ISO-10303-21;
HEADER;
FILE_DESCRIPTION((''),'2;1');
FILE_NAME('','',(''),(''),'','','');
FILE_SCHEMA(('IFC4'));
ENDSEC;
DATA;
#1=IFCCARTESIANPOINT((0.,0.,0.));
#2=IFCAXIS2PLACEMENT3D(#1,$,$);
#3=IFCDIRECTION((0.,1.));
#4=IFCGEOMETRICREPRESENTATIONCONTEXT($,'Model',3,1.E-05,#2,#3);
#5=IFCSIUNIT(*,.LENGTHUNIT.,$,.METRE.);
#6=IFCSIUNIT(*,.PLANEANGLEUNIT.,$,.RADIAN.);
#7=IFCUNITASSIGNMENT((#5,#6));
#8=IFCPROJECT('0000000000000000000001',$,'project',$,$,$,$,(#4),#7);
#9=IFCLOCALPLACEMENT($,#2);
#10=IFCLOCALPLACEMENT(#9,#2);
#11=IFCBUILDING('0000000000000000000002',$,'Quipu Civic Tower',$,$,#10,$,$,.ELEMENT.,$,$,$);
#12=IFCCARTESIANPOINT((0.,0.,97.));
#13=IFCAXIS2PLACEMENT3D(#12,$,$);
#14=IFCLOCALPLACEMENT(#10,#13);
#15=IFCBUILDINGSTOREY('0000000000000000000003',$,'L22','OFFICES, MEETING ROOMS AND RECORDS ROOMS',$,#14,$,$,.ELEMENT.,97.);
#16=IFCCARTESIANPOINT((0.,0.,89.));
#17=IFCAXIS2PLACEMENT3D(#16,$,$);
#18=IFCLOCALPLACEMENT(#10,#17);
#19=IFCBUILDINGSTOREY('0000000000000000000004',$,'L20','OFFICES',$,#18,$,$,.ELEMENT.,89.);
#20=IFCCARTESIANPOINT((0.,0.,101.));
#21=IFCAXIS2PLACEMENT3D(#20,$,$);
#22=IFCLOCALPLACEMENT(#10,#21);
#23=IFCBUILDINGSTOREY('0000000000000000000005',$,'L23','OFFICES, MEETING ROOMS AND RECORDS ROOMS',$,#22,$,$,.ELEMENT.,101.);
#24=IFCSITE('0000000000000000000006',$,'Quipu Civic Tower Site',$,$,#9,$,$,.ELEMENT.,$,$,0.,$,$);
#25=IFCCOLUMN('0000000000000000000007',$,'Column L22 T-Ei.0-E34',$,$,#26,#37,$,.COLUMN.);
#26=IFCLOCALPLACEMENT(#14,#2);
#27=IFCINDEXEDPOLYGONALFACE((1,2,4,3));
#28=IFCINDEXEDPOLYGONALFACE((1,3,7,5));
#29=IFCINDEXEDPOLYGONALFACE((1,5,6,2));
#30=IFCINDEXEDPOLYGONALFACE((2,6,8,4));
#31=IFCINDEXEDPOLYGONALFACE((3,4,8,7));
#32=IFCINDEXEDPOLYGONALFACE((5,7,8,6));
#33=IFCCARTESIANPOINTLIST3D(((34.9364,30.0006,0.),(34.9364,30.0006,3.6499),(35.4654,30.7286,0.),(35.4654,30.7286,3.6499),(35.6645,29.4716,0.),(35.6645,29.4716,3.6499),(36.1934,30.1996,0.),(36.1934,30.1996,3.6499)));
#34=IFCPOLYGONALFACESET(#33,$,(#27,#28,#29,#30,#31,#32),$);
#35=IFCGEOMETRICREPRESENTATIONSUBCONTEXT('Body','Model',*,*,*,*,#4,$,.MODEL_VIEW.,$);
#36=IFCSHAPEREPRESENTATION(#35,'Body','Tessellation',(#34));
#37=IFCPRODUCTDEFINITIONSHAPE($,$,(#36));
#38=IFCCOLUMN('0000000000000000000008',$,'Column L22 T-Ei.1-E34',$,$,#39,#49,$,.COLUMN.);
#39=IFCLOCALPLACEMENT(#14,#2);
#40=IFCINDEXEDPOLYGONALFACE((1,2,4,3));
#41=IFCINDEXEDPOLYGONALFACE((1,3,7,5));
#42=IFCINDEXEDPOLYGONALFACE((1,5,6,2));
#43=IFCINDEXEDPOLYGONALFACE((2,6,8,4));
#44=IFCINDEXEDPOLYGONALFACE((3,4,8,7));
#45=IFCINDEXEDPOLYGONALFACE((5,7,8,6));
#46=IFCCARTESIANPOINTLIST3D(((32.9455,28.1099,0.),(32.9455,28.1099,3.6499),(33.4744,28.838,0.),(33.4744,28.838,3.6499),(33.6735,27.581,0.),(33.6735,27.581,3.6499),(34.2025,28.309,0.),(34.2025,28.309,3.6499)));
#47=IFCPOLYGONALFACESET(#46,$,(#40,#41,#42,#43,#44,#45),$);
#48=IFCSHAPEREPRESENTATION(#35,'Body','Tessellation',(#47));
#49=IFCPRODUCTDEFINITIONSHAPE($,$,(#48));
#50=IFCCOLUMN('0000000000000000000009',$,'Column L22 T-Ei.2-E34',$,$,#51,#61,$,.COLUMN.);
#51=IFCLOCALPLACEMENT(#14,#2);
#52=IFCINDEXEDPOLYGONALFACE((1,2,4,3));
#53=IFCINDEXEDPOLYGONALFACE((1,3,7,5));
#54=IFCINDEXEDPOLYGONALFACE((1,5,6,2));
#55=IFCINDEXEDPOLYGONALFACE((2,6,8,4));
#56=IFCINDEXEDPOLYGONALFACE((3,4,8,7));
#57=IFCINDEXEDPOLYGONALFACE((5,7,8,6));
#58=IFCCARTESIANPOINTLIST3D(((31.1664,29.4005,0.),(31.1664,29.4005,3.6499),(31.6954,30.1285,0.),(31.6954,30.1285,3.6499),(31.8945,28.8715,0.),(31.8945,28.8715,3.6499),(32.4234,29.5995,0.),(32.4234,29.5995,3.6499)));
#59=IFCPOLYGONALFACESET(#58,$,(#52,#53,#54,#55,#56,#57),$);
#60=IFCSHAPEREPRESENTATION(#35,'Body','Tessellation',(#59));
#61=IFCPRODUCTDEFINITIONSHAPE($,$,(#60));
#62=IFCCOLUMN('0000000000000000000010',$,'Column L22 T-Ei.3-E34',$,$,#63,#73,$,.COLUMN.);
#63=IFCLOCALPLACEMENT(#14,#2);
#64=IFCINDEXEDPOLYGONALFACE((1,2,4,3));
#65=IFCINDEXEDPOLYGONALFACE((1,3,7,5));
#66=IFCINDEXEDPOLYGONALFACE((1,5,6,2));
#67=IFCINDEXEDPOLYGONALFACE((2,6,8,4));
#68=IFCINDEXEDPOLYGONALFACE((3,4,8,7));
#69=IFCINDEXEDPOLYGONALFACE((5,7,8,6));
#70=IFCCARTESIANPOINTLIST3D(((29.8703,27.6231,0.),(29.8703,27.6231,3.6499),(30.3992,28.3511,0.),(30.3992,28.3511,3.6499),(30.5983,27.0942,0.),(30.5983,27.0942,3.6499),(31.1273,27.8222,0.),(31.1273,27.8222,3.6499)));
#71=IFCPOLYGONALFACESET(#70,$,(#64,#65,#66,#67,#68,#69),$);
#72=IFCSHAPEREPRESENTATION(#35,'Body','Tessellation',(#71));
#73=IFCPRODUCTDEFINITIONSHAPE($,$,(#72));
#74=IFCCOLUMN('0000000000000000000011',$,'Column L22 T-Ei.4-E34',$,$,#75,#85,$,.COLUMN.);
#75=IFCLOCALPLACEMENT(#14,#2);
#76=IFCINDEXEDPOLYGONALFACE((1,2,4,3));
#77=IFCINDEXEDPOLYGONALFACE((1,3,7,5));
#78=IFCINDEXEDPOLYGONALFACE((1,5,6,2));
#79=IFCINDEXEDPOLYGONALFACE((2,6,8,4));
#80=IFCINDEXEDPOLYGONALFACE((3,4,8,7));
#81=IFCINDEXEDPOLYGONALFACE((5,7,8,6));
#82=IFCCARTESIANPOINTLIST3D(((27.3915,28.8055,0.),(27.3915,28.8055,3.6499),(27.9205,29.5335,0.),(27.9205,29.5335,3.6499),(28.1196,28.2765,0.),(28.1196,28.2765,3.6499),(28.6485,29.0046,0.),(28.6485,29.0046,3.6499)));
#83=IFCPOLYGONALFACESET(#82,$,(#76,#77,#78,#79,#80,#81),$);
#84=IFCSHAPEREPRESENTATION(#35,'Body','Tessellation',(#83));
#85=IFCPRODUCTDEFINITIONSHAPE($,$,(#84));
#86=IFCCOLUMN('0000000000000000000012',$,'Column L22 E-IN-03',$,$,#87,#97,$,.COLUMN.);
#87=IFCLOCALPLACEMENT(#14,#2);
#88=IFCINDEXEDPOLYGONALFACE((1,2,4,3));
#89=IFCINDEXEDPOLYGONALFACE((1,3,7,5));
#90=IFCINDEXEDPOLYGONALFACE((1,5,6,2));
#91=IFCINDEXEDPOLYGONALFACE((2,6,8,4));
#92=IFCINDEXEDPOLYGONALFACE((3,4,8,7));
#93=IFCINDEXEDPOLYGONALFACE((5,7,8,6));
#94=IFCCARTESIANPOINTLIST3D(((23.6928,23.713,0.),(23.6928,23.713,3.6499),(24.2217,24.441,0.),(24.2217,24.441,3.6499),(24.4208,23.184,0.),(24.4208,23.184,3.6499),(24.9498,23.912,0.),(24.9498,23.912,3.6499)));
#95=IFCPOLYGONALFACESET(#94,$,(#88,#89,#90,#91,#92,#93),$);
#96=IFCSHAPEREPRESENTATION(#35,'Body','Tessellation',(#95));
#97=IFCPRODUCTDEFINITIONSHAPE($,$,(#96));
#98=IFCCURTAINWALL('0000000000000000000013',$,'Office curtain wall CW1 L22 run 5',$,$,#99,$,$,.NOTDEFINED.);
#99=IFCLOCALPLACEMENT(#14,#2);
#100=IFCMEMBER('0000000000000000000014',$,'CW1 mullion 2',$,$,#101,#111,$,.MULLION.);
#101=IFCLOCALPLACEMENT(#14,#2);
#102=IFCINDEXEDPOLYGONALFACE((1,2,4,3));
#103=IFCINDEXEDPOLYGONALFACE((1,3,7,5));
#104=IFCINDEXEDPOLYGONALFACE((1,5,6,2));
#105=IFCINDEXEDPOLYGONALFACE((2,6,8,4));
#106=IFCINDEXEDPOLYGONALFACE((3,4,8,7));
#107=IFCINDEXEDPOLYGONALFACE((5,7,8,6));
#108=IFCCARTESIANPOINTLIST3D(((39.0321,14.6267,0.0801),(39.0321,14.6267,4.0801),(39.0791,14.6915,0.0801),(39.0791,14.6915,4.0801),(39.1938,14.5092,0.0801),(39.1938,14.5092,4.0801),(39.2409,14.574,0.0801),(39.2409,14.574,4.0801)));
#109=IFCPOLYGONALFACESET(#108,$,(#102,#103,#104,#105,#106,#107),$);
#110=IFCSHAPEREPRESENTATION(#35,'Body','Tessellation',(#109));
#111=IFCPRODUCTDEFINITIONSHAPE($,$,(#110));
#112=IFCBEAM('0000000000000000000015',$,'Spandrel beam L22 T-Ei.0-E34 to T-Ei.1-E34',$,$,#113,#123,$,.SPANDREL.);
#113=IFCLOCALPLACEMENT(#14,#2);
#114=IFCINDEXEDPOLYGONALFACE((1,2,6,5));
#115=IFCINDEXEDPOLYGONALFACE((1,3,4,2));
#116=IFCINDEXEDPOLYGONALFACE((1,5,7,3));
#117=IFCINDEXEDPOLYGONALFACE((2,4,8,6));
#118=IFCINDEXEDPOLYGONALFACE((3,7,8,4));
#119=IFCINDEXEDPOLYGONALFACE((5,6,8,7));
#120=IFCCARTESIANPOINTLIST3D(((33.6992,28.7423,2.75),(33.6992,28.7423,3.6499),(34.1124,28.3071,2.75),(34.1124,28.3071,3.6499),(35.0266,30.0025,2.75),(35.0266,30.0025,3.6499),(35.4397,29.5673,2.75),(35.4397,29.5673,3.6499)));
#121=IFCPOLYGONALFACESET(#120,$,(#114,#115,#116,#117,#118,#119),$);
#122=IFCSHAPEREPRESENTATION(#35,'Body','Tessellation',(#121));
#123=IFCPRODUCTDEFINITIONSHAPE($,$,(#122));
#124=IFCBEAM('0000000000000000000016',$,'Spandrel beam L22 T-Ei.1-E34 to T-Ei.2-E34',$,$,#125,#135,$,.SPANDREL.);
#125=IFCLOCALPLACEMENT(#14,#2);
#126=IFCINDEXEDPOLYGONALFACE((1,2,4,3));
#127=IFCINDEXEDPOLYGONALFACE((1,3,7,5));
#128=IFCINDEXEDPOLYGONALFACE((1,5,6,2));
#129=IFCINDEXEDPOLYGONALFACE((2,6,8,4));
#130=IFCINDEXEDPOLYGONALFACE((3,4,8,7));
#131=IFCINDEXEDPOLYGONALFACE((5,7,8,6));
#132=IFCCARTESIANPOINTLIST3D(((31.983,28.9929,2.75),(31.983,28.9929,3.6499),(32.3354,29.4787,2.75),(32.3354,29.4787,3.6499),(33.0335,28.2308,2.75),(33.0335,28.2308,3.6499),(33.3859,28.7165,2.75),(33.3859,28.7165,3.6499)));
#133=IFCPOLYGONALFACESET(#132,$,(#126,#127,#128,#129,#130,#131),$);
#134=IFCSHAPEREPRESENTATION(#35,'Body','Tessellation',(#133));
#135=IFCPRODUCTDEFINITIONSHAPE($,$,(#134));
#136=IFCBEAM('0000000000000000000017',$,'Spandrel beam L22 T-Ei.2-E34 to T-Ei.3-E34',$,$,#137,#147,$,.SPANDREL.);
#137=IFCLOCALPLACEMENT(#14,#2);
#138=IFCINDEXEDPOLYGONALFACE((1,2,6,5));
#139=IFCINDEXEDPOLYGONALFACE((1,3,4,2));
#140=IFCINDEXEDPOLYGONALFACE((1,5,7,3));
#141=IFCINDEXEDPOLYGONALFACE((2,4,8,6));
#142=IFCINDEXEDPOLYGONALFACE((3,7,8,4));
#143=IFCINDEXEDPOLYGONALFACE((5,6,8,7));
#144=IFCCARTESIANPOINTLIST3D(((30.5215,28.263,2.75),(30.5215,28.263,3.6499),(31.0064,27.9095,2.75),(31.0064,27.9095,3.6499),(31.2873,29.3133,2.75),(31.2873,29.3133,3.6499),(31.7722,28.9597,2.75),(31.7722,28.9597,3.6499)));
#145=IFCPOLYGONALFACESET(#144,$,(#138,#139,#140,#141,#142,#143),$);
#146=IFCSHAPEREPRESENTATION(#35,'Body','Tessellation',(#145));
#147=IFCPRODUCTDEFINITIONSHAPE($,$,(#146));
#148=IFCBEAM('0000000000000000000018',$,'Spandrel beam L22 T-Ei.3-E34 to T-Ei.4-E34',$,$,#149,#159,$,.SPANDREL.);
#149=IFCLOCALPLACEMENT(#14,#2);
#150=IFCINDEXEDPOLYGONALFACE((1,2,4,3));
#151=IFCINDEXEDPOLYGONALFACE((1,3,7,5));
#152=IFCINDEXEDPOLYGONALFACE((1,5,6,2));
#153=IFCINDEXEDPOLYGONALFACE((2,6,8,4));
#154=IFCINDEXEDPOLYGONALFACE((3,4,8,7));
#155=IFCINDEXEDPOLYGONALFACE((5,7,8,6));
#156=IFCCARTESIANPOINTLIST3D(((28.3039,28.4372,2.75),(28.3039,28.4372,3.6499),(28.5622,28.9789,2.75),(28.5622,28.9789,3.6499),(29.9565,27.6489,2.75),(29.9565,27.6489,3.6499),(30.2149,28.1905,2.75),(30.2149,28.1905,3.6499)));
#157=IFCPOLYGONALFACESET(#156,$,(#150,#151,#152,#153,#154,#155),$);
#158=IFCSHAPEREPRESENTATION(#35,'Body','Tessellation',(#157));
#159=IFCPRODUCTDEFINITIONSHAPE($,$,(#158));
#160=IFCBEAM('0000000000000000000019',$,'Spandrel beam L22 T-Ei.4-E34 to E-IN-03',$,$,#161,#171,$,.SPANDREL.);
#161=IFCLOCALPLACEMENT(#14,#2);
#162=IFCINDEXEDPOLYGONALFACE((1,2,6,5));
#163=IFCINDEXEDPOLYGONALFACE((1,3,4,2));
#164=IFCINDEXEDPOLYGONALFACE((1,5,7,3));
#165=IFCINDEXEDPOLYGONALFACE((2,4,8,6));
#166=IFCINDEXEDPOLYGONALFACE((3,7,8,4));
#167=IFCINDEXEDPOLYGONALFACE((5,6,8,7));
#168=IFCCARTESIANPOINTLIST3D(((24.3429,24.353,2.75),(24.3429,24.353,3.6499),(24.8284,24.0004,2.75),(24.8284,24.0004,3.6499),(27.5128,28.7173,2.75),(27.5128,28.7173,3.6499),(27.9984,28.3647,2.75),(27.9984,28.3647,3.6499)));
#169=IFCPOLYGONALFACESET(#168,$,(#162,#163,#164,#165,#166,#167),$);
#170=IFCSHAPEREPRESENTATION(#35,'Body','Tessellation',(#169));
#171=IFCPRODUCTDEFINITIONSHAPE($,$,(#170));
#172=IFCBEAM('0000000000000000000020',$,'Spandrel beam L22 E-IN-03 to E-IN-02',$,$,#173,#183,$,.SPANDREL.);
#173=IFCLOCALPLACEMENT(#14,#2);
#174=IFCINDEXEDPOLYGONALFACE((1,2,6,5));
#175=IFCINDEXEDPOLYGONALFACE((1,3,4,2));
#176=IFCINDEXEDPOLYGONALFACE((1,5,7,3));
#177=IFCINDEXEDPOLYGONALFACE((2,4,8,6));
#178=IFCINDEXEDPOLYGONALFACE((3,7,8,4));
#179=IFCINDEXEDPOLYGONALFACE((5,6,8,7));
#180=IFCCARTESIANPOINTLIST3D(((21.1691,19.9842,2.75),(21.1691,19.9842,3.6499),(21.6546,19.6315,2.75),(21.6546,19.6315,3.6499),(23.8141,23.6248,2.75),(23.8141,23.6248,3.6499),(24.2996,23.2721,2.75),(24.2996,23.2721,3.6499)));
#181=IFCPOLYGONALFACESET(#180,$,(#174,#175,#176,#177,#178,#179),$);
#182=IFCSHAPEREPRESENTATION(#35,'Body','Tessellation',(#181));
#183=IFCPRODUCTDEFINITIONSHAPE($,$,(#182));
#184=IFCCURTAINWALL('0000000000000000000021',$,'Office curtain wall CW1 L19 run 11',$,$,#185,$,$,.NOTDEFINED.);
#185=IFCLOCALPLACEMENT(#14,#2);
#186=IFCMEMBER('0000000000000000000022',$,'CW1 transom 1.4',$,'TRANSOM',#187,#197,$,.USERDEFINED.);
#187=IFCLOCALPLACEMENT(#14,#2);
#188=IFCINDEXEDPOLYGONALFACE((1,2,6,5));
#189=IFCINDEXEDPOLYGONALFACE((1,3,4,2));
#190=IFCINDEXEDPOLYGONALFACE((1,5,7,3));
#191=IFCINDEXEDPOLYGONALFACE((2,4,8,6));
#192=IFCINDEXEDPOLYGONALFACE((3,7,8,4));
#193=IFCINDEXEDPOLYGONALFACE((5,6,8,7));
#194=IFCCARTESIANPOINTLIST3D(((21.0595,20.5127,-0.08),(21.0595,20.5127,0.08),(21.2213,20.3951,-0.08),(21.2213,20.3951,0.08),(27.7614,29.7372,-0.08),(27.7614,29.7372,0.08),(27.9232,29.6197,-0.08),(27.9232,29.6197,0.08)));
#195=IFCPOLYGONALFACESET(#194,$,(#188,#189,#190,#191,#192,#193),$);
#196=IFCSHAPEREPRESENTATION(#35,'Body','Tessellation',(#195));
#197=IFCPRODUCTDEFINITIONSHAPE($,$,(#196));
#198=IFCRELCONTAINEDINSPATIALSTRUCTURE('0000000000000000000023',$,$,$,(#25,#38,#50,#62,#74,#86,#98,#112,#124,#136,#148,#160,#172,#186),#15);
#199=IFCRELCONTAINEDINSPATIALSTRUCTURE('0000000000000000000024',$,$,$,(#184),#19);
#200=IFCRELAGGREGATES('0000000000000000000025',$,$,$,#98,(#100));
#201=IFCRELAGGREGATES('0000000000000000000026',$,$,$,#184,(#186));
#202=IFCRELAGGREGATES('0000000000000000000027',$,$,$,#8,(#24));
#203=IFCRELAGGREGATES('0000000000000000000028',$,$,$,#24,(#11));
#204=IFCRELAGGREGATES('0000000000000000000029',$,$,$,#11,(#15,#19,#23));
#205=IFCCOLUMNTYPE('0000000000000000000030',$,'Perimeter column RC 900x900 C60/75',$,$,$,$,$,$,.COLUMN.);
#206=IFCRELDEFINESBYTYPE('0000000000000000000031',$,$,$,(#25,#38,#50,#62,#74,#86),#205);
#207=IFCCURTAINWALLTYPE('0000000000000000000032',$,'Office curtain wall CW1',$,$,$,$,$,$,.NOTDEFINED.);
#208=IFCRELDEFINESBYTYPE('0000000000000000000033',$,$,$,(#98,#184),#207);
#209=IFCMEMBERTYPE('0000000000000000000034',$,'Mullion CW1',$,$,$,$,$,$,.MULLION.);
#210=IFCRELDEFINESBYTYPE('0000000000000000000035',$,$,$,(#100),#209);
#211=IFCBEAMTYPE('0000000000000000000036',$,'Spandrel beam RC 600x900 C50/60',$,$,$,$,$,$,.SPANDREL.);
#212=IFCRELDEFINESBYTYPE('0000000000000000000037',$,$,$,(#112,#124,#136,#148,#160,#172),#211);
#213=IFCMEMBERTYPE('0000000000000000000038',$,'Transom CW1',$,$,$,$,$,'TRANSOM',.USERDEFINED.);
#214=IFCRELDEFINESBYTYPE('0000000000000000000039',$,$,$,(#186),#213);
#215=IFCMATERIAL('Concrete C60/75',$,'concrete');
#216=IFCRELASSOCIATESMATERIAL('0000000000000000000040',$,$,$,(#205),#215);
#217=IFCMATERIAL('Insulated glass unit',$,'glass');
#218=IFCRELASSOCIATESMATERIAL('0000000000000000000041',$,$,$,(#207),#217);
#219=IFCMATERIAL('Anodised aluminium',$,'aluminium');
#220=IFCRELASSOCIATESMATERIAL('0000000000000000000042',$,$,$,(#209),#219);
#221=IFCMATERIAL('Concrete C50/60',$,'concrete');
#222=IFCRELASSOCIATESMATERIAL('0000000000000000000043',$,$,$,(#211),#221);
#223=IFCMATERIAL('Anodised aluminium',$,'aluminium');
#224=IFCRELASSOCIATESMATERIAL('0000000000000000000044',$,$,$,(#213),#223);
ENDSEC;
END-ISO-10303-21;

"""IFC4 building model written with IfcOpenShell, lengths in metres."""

from ifc_helpers import new_model, si_unit, direction, frame, origin, origin_2d, place, context, subcontext, project, spatial, rectangle, extrude, material, material_profile, profile_set, type_object, element, aggregate, save


model = new_model("IFC4")

# Units and contexts
model_context = context("Model", 3, precision=1e-05, world=origin(), true_north=direction((0.0, 1.0)))
body_context = subcontext(model_context, "Body", "Model", "MODEL_VIEW")
ifc_project = project(units=[si_unit("LENGTHUNIT", "METRE"), si_unit("PLANEANGLEUNIT", "RADIAN")], contexts=[model_context])

# Site, building, storey
site_placement = place(None, origin())
site = spatial("IfcSite", under=ifc_project, at=site_placement, Name="Quipu Civic Tower Site", CompositionType="ELEMENT", RefElevation=0.0)
building_placement = place(site_placement, origin())
building = spatial("IfcBuilding", under=site, at=building_placement, Name="Quipu Civic Tower", CompositionType="ELEMENT")
storey_1_placement = place(building_placement, frame((0.0, 0.0, 97.0)))
storey_1 = spatial("IfcBuildingStorey", under=building, at=storey_1_placement, Name="L22", Description="OFFICES, MEETING ROOMS AND RECORDS ROOMS", CompositionType="ELEMENT", Elevation=97.0)

# Columns
ifc_material_1 = material(Name="Concrete C60/75", Category="concrete")
ifc_material_profile_1 = material_profile(ifc_material_1, rectangle(XDim=0.8999, YDim=0.8999, at=origin_2d()), Name="RC900x900")
ifc_profile_set_1 = profile_set([ifc_material_profile_1], Name="Concrete C60/75")
column_type = type_object("IfcColumnType", Name="Perimeter column RC 900x900 C60/75", PredefinedType="COLUMN", material=ifc_profile_set_1)
for number, where, z_axis, x_axis, name in (
    (1, (35.5649, 30.1001, 0.0), (0.0, 0.0, 1.0), (-0.587785, -0.809017, 0.0), "Column L22 T-Ei.0-E34"),
    (2, (33.574, 28.2095, 0.0), (0.0, 0.0, 1.0), (-0.809017, 0.587785, 0.0), "Column L22 T-Ei.1-E34"),
    (3, (31.7949, 29.5, 0.0), (0.0, 0.0, 1.0), (-0.587785, -0.809017, 0.0), "Column L22 T-Ei.2-E34"),
    (4, (30.4988, 27.7227, 0.0), (0.0, 0.0, 1.0), (-0.809017, 0.587785, 0.0), "Column L22 T-Ei.3-E34"),
    (5, (28.02, 28.905, 0.0), (0.0, 0.0, 1.0), (-0.809017, 0.587785, 0.0), "Column L22 T-Ei.4-E34"),
    (6, (24.3213, 23.8125, 0.0), (0.0, 0.0, 1.0), (-0.587785, -0.809017, 0.0), "Column L22 E-IN-03"),
):
    element("IfcColumn", number, at=place(storey_1_placement, frame(where, z_axis=z_axis, x_axis=x_axis)), inside=storey_1, type_object=column_type, Name=name, PredefinedType="COLUMN", context=body_context, shape_type="SweptSolid", body=[
        extrude(rectangle(XDim=0.8999, YDim=0.8999, at=origin_2d()), origin(), (0.0, 0.0, 1.0), 3.6499),
    ])

# Curtain wall, member
ifc_material_2 = material(Name="Insulated glass unit", Category="glass")
curtain_wall_type = type_object("IfcCurtainWallType", Name="Office curtain wall CW1", PredefinedType="NOTDEFINED", material=ifc_material_2)
curtain_wall_1_placement = place(storey_1_placement, origin())
curtain_wall_1 = element("IfcCurtainWall", 7, at=curtain_wall_1_placement, inside=storey_1, type_object=curtain_wall_type, Name="Office curtain wall CW1 L22 run 5", PredefinedType="NOTDEFINED")
ifc_material_3 = material(Name="Anodised aluminium", Category="aluminium")
ifc_material_profile_2 = material_profile(ifc_material_3, rectangle(XDim=0.2, YDim=0.0801, at=origin_2d()), Name="RECT 200x80")
ifc_profile_set_2 = profile_set([ifc_material_profile_2], Name="Anodised aluminium")
member_type_1 = type_object("IfcMemberType", Name="Mullion CW1", PredefinedType="MULLION", material=ifc_profile_set_2)
member_1_placement = place(storey_1_placement, frame((39.1365, 14.6003, 0.0801), z_axis=(0.0, 0.0, 1.0), x_axis=(-0.809022, 0.587778, 0.0)))
member_1 = element("IfcMember", 8, at=member_1_placement, type_object=member_type_1, Name="CW1 mullion 2", PredefinedType="MULLION", context=body_context, shape_type="SweptSolid", body=[
    extrude(rectangle(XDim=0.2, YDim=0.0801, at=origin_2d()), origin(), (0.0, 0.0, 1.0), 4.0),
])
aggregate(curtain_wall_1, [member_1])

# Beams
ifc_material_4 = material(Name="Concrete C50/60", Category="concrete")
ifc_material_profile_3 = material_profile(ifc_material_4, rectangle(XDim=0.6001, YDim=0.8999, at=origin_2d()), Name="RC600x900")
ifc_profile_set_3 = profile_set([ifc_material_profile_3], Name="Concrete C50/60")
beam_type = type_object("IfcBeamType", Name="Spandrel beam RC 600x900 C50/60", PredefinedType="SPANDREL", material=ifc_profile_set_3)
beam_1_placement = place(storey_1_placement, frame((35.2332, 29.7849, 3.2), z_axis=(-0.725209, -0.688529, 0.0), x_axis=(0.688529, -0.725209, 0.0)))
element("IfcBeam", 9, at=beam_1_placement, inside=storey_1, type_object=beam_type, Name="Spandrel beam L22 T-Ei.0-E34 to T-Ei.1-E34", PredefinedType="SPANDREL", context=body_context, shape_type="SweptSolid", body=[
    extrude(rectangle(XDim=0.6001, YDim=0.8999, at=origin_2d()), origin(), (0.0, 0.0, 1.0), 1.8303),
])
beam_2_placement = place(storey_1_placement, frame((33.2097, 28.4736, 3.2), z_axis=(-0.809403, 0.587254, 0.0), x_axis=(-0.587254, -0.809403, 0.0)))
element("IfcBeam", 10, at=beam_2_placement, inside=storey_1, type_object=beam_type, Name="Spandrel beam L22 T-Ei.1-E34 to T-Ei.2-E34", PredefinedType="SPANDREL", context=body_context, shape_type="SweptSolid", body=[
    extrude(rectangle(XDim=0.6001, YDim=0.8999, at=origin_2d()), origin(), (0.0, 0.0, 1.0), 1.2979),
])
beam_3_placement = place(storey_1_placement, frame((31.5298, 29.1365, 3.2), z_axis=(-0.589187, -0.807996, 0.0), x_axis=(0.807996, -0.589187, 0.0)))
element("IfcBeam", 11, at=beam_3_placement, inside=storey_1, type_object=beam_type, Name="Spandrel beam L22 T-Ei.2-E34 to T-Ei.3-E34", PredefinedType="SPANDREL", context=body_context, shape_type="SweptSolid", body=[
    extrude(rectangle(XDim=0.6001, YDim=0.8999, at=origin_2d()), origin(), (0.0, 0.0, 1.0), 1.2998),
])
beam_4_placement = place(storey_1_placement, frame((30.0857, 27.9197, 3.2), z_axis=(-0.902567, 0.430549, 0.0), x_axis=(-0.430549, -0.902567, 0.0)))
element("IfcBeam", 12, at=beam_4_placement, inside=storey_1, type_object=beam_type, Name="Spandrel beam L22 T-Ei.3-E34 to T-Ei.4-E34", PredefinedType="SPANDREL", context=body_context, shape_type="SweptSolid", body=[
    extrude(rectangle(XDim=0.6001, YDim=0.8999, at=origin_2d()), origin(), (0.0, 0.0, 1.0), 1.8311),
])
beam_5_placement = place(storey_1_placement, frame((27.7556, 28.541, 3.2), z_axis=(-0.587676, -0.809096, 0.0), x_axis=(0.809096, -0.587676, 0.0)))
element("IfcBeam", 13, at=beam_5_placement, inside=storey_1, type_object=beam_type, Name="Spandrel beam L22 T-Ei.4-E34 to E-IN-03", PredefinedType="SPANDREL", context=body_context, shape_type="SweptSolid", body=[
    extrude(rectangle(XDim=0.6001, YDim=0.8999, at=origin_2d()), origin(), (0.0, 0.0, 1.0), 5.394),
])
beam_6_placement = place(storey_1_placement, frame((24.0569, 23.4485, 3.2), z_axis=(-0.587778, -0.809022, 0.0), x_axis=(0.809022, -0.587778, 0.0)))
element("IfcBeam", 14, at=beam_6_placement, inside=storey_1, type_object=beam_type, Name="Spandrel beam L22 E-IN-03 to E-IN-02", PredefinedType="SPANDREL", context=body_context, shape_type="SweptSolid", body=[
    extrude(rectangle(XDim=0.6001, YDim=0.8999, at=origin_2d()), origin(), (0.0, 0.0, 1.0), 4.5),
])

# Shared definitions
storey_2_placement = place(building_placement, frame((0.0, 0.0, 89.0)))
storey_2 = spatial("IfcBuildingStorey", under=building, at=storey_2_placement, Name="L20", Description="OFFICES", CompositionType="ELEMENT", Elevation=89.0)

# Curtain wall, member
curtain_wall_2_placement = place(storey_2_placement, origin())
curtain_wall_2 = element("IfcCurtainWall", 15, at=curtain_wall_2_placement, inside=storey_2, type_object=curtain_wall_type, Name="Office curtain wall CW1 L19 run 11", PredefinedType="NOTDEFINED")
ifc_material_5 = material(Name="Anodised aluminium", Category="aluminium")
ifc_material_profile_4 = material_profile(ifc_material_5, rectangle(XDim=0.2, YDim=0.1599, at=origin_2d()), Name="RECT 200x160")
ifc_profile_set_4 = profile_set([ifc_material_profile_4], Name="Anodised aluminium")
member_type_2 = type_object("IfcMemberType", Name="Transom CW1", ElementType="TRANSOM", PredefinedType="USERDEFINED", material=ifc_profile_set_4)
member_2_placement = place(storey_1_placement, frame((27.8423, 29.6785, 0.0), z_axis=(-0.587776, -0.809024, 0.0), x_axis=(0.809024, -0.587776, 0.0)))
member_2 = element("IfcMember", 16, at=member_2_placement, inside=storey_1, type_object=member_type_2, Name="CW1 transom 1.4", ObjectType="TRANSOM", PredefinedType="USERDEFINED", context=body_context, shape_type="SweptSolid", body=[
    extrude(rectangle(XDim=0.2, YDim=0.1599, at=origin_2d()), origin(), (0.0, 0.0, 1.0), 11.4021),
])
aggregate(curtain_wall_2, [member_2])

# Shared definitions
storey_3_placement = place(building_placement, frame((0.0, 0.0, 101.0)))
storey_3 = spatial("IfcBuildingStorey", under=building, at=storey_3_placement, Name="L23", Description="OFFICES, MEETING ROOMS AND RECORDS ROOMS", CompositionType="ELEMENT", Elevation=101.0)

save(model, "model.ifc")
